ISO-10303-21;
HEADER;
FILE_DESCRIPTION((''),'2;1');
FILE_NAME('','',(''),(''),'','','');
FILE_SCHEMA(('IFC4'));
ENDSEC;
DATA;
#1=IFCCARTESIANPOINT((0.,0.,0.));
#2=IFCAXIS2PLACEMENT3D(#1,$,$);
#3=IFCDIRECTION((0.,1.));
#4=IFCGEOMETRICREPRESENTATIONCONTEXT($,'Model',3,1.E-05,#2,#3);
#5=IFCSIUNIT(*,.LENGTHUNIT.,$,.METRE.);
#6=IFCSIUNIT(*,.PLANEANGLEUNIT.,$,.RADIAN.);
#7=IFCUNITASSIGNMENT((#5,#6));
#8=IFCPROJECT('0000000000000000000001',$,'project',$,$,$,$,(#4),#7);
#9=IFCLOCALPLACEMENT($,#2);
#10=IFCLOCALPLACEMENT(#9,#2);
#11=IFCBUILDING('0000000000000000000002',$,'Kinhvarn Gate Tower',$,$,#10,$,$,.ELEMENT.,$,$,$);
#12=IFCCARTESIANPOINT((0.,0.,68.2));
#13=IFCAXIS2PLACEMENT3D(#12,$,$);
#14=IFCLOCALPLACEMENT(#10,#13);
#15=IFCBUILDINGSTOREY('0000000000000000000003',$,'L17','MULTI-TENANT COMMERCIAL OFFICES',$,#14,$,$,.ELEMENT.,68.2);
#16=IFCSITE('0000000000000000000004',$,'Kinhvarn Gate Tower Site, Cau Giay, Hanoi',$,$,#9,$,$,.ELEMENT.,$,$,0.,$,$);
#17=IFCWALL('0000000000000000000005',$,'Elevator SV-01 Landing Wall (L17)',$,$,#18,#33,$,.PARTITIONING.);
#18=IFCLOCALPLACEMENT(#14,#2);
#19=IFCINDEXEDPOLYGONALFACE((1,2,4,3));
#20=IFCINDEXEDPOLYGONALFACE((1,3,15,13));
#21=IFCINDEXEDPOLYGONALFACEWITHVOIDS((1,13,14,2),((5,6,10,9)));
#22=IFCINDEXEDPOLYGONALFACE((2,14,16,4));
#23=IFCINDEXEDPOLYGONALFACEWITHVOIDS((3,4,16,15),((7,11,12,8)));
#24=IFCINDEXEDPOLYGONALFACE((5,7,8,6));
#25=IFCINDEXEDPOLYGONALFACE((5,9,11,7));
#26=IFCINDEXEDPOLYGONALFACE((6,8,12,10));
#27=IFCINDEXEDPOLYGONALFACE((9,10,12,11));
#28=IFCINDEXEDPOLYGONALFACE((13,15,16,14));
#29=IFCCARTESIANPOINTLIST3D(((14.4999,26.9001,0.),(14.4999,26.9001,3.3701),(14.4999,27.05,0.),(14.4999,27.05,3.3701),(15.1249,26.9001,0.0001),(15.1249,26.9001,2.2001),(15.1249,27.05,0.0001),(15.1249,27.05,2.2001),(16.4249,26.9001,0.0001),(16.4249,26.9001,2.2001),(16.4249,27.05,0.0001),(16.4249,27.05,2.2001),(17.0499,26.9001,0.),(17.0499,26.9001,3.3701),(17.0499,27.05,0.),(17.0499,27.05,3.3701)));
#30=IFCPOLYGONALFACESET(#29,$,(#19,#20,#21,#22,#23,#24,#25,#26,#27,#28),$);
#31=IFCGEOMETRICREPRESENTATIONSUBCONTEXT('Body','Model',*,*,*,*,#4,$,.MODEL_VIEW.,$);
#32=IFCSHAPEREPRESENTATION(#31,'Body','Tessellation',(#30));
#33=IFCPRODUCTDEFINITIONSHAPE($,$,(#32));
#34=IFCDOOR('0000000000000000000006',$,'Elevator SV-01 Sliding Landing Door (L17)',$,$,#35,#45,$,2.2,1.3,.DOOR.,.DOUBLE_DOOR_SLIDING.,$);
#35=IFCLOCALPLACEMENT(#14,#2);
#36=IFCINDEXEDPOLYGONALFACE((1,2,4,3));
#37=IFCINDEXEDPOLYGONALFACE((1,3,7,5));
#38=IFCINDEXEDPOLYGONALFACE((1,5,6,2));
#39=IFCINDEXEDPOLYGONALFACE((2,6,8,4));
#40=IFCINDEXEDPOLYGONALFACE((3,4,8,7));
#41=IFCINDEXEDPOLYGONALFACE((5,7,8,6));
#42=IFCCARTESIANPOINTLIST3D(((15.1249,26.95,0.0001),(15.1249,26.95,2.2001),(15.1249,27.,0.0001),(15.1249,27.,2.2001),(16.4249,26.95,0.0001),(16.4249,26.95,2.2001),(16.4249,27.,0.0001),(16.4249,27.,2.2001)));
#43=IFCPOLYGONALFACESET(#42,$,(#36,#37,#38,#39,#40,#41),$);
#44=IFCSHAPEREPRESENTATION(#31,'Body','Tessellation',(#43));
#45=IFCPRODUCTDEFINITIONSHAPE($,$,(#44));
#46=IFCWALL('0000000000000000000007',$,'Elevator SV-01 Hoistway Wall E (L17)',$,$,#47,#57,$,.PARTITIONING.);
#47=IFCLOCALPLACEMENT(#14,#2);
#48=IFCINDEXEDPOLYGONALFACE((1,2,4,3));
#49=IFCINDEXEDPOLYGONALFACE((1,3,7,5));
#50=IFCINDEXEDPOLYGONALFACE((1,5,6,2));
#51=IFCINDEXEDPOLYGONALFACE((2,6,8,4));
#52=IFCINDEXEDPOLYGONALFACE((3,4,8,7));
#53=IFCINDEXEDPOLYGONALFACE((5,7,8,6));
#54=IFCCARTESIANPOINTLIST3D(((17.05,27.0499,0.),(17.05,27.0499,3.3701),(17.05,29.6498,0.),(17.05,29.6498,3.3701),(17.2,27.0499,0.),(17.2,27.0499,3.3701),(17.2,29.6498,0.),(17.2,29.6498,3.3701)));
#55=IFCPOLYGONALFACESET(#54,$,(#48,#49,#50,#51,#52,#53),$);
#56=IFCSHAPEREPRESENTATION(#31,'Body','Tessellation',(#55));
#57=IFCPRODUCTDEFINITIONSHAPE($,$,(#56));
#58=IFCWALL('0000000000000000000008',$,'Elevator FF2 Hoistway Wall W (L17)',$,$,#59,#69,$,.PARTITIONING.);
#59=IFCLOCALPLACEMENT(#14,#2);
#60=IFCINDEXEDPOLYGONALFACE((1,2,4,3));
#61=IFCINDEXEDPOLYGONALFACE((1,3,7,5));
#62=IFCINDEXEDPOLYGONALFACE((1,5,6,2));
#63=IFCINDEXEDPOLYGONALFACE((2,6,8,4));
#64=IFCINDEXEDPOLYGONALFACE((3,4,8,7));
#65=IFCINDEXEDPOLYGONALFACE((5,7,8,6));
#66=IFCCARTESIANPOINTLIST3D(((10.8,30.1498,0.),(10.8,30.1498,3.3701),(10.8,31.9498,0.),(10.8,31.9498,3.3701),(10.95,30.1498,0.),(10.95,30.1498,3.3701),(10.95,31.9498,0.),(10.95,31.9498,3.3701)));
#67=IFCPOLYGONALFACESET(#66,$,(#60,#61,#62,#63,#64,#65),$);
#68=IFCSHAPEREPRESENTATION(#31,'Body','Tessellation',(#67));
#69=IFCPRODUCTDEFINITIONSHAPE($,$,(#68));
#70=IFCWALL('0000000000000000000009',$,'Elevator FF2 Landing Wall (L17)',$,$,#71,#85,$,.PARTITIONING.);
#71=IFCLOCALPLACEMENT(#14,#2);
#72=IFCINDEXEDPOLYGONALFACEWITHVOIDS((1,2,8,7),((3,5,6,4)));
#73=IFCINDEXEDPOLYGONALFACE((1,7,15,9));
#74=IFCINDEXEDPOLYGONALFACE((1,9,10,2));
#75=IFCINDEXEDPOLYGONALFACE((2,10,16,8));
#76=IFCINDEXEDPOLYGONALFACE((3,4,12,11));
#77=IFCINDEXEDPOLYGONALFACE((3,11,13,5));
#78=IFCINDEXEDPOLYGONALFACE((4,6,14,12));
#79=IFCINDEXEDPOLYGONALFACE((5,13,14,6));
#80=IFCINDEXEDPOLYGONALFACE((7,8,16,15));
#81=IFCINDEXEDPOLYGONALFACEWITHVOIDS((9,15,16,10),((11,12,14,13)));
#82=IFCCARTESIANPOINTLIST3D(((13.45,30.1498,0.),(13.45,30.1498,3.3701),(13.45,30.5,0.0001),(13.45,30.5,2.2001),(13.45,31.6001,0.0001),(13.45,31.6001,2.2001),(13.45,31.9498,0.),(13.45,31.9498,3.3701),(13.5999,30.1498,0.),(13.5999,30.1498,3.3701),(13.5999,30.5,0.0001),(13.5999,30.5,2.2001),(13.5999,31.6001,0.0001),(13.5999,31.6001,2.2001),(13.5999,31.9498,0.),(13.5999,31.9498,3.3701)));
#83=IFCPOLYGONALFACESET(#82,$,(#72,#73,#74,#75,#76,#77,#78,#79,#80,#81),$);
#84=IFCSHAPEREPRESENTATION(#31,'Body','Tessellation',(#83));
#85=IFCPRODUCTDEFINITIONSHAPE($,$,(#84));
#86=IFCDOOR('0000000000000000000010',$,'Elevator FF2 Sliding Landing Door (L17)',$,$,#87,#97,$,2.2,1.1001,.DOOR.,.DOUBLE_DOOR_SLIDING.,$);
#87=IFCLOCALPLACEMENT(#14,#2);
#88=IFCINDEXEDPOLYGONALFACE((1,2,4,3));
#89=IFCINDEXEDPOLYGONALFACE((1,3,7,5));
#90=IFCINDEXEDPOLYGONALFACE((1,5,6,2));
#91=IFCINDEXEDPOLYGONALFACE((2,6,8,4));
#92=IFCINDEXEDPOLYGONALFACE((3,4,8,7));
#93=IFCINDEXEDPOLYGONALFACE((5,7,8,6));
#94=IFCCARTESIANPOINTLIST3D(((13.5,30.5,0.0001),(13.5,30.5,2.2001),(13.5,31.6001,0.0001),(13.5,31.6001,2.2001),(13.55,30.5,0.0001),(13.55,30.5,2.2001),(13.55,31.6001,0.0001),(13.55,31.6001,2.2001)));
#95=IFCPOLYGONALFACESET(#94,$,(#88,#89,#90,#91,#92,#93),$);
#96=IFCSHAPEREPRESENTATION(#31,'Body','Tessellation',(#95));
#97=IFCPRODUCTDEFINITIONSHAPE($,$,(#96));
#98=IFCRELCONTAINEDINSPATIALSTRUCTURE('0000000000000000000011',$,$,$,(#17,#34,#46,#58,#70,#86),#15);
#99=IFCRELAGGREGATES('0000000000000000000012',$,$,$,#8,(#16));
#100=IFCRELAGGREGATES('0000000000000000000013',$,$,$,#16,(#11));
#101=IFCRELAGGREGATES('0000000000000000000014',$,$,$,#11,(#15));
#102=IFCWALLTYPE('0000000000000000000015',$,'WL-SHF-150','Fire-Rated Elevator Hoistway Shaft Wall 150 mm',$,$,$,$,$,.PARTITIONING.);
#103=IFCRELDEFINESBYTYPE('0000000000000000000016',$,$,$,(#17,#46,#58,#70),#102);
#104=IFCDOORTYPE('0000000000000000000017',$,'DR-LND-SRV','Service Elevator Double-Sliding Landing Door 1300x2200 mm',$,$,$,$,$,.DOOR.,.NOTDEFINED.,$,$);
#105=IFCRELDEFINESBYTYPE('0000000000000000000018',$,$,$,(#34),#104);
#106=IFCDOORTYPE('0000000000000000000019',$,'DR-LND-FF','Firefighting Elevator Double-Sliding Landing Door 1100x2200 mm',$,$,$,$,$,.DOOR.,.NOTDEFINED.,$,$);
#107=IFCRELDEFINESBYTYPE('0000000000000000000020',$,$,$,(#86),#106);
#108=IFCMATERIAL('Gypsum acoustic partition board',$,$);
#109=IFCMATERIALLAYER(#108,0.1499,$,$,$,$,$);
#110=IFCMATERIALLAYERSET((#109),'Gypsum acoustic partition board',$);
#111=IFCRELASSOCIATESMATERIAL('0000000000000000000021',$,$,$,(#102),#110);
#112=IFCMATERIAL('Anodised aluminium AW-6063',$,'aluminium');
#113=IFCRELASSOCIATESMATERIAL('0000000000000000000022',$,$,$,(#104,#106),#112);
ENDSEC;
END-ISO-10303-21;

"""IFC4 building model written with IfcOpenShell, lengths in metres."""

from ifc_helpers import new_model, si_unit, direction, frame, frame_2d, origin, place, context, subcontext, project, spatial, rectangle, extrude, material, layer, layer_set, type_object, element, fill, save


model = new_model("IFC4")

# Units and contexts
model_context = context("Model", 3, precision=1e-05, world=origin(), true_north=direction((0.0, 1.0)))
body_context = subcontext(model_context, "Body", "Model", "MODEL_VIEW")
ifc_project = project(units=[si_unit("LENGTHUNIT", "METRE"), si_unit("PLANEANGLEUNIT", "RADIAN")], contexts=[model_context])

# Site, building, storey
site_placement = place(None, origin())
site = spatial("IfcSite", under=ifc_project, at=site_placement, Name="Kinhvarn Gate Tower Site, Cau Giay, Hanoi", CompositionType="ELEMENT", RefElevation=0.0)
building_placement = place(site_placement, origin())
building = spatial("IfcBuilding", under=site, at=building_placement, Name="Kinhvarn Gate Tower", CompositionType="ELEMENT")
storey_placement = place(building_placement, frame((0.0, 0.0, 68.2)))
storey = spatial("IfcBuildingStorey", under=building, at=storey_placement, Name="L17", Description="MULTI-TENANT COMMERCIAL OFFICES", CompositionType="ELEMENT", Elevation=68.2)

# Shared definitions
ifc_material_1 = material(Name="Anodised aluminium AW-6063", Category="aluminium")

# Shared definitions
ifc_material_2 = material(Name="Gypsum acoustic partition board")

# Shared definitions
ifc_layer_1 = layer(ifc_material_2, 0.1499)
ifc_layer_set_1 = layer_set([ifc_layer_1], Name="Gypsum acoustic partition board")
wall_type_1 = type_object("IfcWallType", Name="WL-SHF-150", Description="Fire-Rated Elevator Hoistway Shaft Wall 150 mm", PredefinedType="PARTITIONING", material=ifc_layer_set_1)

# Wall, opening, door
wall_1_placement = place(storey_placement, frame((14.5, 26.9751, 0.0), z_axis=(0.0, 0.0, 1.0), x_axis=(1.0, 0.0, 0.0)))
wall_1 = element("IfcWall", 1, at=wall_1_placement, inside=storey, type_object=wall_type_1, Name="Elevator SV-01 Landing Wall (L17)", PredefinedType="PARTITIONING", context=body_context, shape_type="SweptSolid", body=[
    extrude(rectangle(XDim=2.55, YDim=0.1499, at=frame_2d((1.2749, 0.0))), origin(), (0.0, 0.0, 1.0), 3.3701),
])
opening_1_placement = place(wall_1_placement, frame((0.625, 0.0, 0.0)))
opening_1 = element("IfcOpeningElement", 2, at=opening_1_placement, cuts=wall_1, PredefinedType="OPENING", context=body_context, shape_type="SweptSolid", body=[
    extrude(rectangle(XDim=1.3, YDim=2.2, at=frame_2d((0.6499, 1.1001))), frame((0.0, 0.085, 0.0), z_axis=(0.0, -1.0, 0.0), x_axis=(1.0, 0.0, 0.0)), (0.0, 0.0, 1.0), 0.1699),
])
door_type_1 = type_object("IfcDoorType", Name="DR-LND-SRV", Description="Service Elevator Double-Sliding Landing Door 1300x2200 mm", OperationType="NOTDEFINED", PredefinedType="DOOR", material=ifc_material_1)
door_1_placement = place(opening_1_placement, origin())
door_1 = element("IfcDoor", 3, at=door_1_placement, inside=storey, type_object=door_type_1, Name="Elevator SV-01 Sliding Landing Door (L17)", OperationType="DOUBLE_DOOR_SLIDING", OverallHeight=2.2, OverallWidth=1.3, PredefinedType="DOOR", context=body_context, shape_type="SweptSolid", body=[
    extrude(rectangle(XDim=1.3, YDim=2.2, at=frame_2d((0.6499, 1.1001))), frame((0.0, 0.0249, 0.0), z_axis=(0.0, -1.0, 0.0), x_axis=(1.0, 0.0, 0.0)), (0.0, 0.0, 1.0), 0.05),
])
fill(opening_1, door_1)

# Walls
wall_2_placement = place(storey_placement, frame((17.125, 27.05, 0.0), z_axis=(0.0, 0.0, 1.0), x_axis=(0.0, 1.0, 0.0)))
element("IfcWall", 4, at=wall_2_placement, inside=storey, type_object=wall_type_1, Name="Elevator SV-01 Hoistway Wall E (L17)", PredefinedType="PARTITIONING", context=body_context, shape_type="SweptSolid", body=[
    extrude(rectangle(XDim=2.5999, YDim=0.1499, at=frame_2d((1.2998, 0.0))), origin(), (0.0, 0.0, 1.0), 3.3701),
])
wall_3_placement = place(storey_placement, frame((10.875, 30.1499, 0.0), z_axis=(0.0, 0.0, 1.0), x_axis=(0.0, 1.0, 0.0)))
element("IfcWall", 5, at=wall_3_placement, inside=storey, type_object=wall_type_1, Name="Elevator FF2 Hoistway Wall W (L17)", PredefinedType="PARTITIONING", context=body_context, shape_type="SweptSolid", body=[
    extrude(rectangle(XDim=1.8, YDim=0.1499, at=frame_2d((0.8999, 0.0))), origin(), (0.0, 0.0, 1.0), 3.3701),
])

# Wall, opening, door
wall_4_placement = place(storey_placement, frame((13.5249, 30.1499, 0.0), z_axis=(0.0, 0.0, 1.0), x_axis=(0.0, 1.0, 0.0)))
wall_4 = element("IfcWall", 6, at=wall_4_placement, inside=storey, type_object=wall_type_1, Name="Elevator FF2 Landing Wall (L17)", PredefinedType="PARTITIONING", context=body_context, shape_type="SweptSolid", body=[
    extrude(rectangle(XDim=1.8, YDim=0.1499, at=frame_2d((0.8999, 0.0))), origin(), (0.0, 0.0, 1.0), 3.3701),
])
opening_2_placement = place(wall_4_placement, frame((0.3501, 0.0, 0.0)))
opening_2 = element("IfcOpeningElement", 7, at=opening_2_placement, cuts=wall_4, PredefinedType="OPENING", context=body_context, shape_type="SweptSolid", body=[
    extrude(rectangle(XDim=1.1001, YDim=2.2, at=frame_2d((0.55, 1.1001))), frame((0.0, 0.085, 0.0), z_axis=(0.0, -1.0, 0.0), x_axis=(1.0, 0.0, 0.0)), (0.0, 0.0, 1.0), 0.1699),
])
door_type_2 = type_object("IfcDoorType", Name="DR-LND-FF", Description="Firefighting Elevator Double-Sliding Landing Door 1100x2200 mm", OperationType="NOTDEFINED", PredefinedType="DOOR", material=ifc_material_1)
door_2_placement = place(opening_2_placement, origin())
door_2 = element("IfcDoor", 8, at=door_2_placement, inside=storey, type_object=door_type_2, Name="Elevator FF2 Sliding Landing Door (L17)", OperationType="DOUBLE_DOOR_SLIDING", OverallHeight=2.2, OverallWidth=1.1001, PredefinedType="DOOR", context=body_context, shape_type="SweptSolid", body=[
    extrude(rectangle(XDim=1.1001, YDim=2.2, at=frame_2d((0.55, 1.1001))), frame((0.0, 0.0249, 0.0), z_axis=(0.0, -1.0, 0.0), x_axis=(1.0, 0.0, 0.0)), (0.0, 0.0, 1.0), 0.05),
])
fill(opening_2, door_2)

save(model, "model.ifc")
